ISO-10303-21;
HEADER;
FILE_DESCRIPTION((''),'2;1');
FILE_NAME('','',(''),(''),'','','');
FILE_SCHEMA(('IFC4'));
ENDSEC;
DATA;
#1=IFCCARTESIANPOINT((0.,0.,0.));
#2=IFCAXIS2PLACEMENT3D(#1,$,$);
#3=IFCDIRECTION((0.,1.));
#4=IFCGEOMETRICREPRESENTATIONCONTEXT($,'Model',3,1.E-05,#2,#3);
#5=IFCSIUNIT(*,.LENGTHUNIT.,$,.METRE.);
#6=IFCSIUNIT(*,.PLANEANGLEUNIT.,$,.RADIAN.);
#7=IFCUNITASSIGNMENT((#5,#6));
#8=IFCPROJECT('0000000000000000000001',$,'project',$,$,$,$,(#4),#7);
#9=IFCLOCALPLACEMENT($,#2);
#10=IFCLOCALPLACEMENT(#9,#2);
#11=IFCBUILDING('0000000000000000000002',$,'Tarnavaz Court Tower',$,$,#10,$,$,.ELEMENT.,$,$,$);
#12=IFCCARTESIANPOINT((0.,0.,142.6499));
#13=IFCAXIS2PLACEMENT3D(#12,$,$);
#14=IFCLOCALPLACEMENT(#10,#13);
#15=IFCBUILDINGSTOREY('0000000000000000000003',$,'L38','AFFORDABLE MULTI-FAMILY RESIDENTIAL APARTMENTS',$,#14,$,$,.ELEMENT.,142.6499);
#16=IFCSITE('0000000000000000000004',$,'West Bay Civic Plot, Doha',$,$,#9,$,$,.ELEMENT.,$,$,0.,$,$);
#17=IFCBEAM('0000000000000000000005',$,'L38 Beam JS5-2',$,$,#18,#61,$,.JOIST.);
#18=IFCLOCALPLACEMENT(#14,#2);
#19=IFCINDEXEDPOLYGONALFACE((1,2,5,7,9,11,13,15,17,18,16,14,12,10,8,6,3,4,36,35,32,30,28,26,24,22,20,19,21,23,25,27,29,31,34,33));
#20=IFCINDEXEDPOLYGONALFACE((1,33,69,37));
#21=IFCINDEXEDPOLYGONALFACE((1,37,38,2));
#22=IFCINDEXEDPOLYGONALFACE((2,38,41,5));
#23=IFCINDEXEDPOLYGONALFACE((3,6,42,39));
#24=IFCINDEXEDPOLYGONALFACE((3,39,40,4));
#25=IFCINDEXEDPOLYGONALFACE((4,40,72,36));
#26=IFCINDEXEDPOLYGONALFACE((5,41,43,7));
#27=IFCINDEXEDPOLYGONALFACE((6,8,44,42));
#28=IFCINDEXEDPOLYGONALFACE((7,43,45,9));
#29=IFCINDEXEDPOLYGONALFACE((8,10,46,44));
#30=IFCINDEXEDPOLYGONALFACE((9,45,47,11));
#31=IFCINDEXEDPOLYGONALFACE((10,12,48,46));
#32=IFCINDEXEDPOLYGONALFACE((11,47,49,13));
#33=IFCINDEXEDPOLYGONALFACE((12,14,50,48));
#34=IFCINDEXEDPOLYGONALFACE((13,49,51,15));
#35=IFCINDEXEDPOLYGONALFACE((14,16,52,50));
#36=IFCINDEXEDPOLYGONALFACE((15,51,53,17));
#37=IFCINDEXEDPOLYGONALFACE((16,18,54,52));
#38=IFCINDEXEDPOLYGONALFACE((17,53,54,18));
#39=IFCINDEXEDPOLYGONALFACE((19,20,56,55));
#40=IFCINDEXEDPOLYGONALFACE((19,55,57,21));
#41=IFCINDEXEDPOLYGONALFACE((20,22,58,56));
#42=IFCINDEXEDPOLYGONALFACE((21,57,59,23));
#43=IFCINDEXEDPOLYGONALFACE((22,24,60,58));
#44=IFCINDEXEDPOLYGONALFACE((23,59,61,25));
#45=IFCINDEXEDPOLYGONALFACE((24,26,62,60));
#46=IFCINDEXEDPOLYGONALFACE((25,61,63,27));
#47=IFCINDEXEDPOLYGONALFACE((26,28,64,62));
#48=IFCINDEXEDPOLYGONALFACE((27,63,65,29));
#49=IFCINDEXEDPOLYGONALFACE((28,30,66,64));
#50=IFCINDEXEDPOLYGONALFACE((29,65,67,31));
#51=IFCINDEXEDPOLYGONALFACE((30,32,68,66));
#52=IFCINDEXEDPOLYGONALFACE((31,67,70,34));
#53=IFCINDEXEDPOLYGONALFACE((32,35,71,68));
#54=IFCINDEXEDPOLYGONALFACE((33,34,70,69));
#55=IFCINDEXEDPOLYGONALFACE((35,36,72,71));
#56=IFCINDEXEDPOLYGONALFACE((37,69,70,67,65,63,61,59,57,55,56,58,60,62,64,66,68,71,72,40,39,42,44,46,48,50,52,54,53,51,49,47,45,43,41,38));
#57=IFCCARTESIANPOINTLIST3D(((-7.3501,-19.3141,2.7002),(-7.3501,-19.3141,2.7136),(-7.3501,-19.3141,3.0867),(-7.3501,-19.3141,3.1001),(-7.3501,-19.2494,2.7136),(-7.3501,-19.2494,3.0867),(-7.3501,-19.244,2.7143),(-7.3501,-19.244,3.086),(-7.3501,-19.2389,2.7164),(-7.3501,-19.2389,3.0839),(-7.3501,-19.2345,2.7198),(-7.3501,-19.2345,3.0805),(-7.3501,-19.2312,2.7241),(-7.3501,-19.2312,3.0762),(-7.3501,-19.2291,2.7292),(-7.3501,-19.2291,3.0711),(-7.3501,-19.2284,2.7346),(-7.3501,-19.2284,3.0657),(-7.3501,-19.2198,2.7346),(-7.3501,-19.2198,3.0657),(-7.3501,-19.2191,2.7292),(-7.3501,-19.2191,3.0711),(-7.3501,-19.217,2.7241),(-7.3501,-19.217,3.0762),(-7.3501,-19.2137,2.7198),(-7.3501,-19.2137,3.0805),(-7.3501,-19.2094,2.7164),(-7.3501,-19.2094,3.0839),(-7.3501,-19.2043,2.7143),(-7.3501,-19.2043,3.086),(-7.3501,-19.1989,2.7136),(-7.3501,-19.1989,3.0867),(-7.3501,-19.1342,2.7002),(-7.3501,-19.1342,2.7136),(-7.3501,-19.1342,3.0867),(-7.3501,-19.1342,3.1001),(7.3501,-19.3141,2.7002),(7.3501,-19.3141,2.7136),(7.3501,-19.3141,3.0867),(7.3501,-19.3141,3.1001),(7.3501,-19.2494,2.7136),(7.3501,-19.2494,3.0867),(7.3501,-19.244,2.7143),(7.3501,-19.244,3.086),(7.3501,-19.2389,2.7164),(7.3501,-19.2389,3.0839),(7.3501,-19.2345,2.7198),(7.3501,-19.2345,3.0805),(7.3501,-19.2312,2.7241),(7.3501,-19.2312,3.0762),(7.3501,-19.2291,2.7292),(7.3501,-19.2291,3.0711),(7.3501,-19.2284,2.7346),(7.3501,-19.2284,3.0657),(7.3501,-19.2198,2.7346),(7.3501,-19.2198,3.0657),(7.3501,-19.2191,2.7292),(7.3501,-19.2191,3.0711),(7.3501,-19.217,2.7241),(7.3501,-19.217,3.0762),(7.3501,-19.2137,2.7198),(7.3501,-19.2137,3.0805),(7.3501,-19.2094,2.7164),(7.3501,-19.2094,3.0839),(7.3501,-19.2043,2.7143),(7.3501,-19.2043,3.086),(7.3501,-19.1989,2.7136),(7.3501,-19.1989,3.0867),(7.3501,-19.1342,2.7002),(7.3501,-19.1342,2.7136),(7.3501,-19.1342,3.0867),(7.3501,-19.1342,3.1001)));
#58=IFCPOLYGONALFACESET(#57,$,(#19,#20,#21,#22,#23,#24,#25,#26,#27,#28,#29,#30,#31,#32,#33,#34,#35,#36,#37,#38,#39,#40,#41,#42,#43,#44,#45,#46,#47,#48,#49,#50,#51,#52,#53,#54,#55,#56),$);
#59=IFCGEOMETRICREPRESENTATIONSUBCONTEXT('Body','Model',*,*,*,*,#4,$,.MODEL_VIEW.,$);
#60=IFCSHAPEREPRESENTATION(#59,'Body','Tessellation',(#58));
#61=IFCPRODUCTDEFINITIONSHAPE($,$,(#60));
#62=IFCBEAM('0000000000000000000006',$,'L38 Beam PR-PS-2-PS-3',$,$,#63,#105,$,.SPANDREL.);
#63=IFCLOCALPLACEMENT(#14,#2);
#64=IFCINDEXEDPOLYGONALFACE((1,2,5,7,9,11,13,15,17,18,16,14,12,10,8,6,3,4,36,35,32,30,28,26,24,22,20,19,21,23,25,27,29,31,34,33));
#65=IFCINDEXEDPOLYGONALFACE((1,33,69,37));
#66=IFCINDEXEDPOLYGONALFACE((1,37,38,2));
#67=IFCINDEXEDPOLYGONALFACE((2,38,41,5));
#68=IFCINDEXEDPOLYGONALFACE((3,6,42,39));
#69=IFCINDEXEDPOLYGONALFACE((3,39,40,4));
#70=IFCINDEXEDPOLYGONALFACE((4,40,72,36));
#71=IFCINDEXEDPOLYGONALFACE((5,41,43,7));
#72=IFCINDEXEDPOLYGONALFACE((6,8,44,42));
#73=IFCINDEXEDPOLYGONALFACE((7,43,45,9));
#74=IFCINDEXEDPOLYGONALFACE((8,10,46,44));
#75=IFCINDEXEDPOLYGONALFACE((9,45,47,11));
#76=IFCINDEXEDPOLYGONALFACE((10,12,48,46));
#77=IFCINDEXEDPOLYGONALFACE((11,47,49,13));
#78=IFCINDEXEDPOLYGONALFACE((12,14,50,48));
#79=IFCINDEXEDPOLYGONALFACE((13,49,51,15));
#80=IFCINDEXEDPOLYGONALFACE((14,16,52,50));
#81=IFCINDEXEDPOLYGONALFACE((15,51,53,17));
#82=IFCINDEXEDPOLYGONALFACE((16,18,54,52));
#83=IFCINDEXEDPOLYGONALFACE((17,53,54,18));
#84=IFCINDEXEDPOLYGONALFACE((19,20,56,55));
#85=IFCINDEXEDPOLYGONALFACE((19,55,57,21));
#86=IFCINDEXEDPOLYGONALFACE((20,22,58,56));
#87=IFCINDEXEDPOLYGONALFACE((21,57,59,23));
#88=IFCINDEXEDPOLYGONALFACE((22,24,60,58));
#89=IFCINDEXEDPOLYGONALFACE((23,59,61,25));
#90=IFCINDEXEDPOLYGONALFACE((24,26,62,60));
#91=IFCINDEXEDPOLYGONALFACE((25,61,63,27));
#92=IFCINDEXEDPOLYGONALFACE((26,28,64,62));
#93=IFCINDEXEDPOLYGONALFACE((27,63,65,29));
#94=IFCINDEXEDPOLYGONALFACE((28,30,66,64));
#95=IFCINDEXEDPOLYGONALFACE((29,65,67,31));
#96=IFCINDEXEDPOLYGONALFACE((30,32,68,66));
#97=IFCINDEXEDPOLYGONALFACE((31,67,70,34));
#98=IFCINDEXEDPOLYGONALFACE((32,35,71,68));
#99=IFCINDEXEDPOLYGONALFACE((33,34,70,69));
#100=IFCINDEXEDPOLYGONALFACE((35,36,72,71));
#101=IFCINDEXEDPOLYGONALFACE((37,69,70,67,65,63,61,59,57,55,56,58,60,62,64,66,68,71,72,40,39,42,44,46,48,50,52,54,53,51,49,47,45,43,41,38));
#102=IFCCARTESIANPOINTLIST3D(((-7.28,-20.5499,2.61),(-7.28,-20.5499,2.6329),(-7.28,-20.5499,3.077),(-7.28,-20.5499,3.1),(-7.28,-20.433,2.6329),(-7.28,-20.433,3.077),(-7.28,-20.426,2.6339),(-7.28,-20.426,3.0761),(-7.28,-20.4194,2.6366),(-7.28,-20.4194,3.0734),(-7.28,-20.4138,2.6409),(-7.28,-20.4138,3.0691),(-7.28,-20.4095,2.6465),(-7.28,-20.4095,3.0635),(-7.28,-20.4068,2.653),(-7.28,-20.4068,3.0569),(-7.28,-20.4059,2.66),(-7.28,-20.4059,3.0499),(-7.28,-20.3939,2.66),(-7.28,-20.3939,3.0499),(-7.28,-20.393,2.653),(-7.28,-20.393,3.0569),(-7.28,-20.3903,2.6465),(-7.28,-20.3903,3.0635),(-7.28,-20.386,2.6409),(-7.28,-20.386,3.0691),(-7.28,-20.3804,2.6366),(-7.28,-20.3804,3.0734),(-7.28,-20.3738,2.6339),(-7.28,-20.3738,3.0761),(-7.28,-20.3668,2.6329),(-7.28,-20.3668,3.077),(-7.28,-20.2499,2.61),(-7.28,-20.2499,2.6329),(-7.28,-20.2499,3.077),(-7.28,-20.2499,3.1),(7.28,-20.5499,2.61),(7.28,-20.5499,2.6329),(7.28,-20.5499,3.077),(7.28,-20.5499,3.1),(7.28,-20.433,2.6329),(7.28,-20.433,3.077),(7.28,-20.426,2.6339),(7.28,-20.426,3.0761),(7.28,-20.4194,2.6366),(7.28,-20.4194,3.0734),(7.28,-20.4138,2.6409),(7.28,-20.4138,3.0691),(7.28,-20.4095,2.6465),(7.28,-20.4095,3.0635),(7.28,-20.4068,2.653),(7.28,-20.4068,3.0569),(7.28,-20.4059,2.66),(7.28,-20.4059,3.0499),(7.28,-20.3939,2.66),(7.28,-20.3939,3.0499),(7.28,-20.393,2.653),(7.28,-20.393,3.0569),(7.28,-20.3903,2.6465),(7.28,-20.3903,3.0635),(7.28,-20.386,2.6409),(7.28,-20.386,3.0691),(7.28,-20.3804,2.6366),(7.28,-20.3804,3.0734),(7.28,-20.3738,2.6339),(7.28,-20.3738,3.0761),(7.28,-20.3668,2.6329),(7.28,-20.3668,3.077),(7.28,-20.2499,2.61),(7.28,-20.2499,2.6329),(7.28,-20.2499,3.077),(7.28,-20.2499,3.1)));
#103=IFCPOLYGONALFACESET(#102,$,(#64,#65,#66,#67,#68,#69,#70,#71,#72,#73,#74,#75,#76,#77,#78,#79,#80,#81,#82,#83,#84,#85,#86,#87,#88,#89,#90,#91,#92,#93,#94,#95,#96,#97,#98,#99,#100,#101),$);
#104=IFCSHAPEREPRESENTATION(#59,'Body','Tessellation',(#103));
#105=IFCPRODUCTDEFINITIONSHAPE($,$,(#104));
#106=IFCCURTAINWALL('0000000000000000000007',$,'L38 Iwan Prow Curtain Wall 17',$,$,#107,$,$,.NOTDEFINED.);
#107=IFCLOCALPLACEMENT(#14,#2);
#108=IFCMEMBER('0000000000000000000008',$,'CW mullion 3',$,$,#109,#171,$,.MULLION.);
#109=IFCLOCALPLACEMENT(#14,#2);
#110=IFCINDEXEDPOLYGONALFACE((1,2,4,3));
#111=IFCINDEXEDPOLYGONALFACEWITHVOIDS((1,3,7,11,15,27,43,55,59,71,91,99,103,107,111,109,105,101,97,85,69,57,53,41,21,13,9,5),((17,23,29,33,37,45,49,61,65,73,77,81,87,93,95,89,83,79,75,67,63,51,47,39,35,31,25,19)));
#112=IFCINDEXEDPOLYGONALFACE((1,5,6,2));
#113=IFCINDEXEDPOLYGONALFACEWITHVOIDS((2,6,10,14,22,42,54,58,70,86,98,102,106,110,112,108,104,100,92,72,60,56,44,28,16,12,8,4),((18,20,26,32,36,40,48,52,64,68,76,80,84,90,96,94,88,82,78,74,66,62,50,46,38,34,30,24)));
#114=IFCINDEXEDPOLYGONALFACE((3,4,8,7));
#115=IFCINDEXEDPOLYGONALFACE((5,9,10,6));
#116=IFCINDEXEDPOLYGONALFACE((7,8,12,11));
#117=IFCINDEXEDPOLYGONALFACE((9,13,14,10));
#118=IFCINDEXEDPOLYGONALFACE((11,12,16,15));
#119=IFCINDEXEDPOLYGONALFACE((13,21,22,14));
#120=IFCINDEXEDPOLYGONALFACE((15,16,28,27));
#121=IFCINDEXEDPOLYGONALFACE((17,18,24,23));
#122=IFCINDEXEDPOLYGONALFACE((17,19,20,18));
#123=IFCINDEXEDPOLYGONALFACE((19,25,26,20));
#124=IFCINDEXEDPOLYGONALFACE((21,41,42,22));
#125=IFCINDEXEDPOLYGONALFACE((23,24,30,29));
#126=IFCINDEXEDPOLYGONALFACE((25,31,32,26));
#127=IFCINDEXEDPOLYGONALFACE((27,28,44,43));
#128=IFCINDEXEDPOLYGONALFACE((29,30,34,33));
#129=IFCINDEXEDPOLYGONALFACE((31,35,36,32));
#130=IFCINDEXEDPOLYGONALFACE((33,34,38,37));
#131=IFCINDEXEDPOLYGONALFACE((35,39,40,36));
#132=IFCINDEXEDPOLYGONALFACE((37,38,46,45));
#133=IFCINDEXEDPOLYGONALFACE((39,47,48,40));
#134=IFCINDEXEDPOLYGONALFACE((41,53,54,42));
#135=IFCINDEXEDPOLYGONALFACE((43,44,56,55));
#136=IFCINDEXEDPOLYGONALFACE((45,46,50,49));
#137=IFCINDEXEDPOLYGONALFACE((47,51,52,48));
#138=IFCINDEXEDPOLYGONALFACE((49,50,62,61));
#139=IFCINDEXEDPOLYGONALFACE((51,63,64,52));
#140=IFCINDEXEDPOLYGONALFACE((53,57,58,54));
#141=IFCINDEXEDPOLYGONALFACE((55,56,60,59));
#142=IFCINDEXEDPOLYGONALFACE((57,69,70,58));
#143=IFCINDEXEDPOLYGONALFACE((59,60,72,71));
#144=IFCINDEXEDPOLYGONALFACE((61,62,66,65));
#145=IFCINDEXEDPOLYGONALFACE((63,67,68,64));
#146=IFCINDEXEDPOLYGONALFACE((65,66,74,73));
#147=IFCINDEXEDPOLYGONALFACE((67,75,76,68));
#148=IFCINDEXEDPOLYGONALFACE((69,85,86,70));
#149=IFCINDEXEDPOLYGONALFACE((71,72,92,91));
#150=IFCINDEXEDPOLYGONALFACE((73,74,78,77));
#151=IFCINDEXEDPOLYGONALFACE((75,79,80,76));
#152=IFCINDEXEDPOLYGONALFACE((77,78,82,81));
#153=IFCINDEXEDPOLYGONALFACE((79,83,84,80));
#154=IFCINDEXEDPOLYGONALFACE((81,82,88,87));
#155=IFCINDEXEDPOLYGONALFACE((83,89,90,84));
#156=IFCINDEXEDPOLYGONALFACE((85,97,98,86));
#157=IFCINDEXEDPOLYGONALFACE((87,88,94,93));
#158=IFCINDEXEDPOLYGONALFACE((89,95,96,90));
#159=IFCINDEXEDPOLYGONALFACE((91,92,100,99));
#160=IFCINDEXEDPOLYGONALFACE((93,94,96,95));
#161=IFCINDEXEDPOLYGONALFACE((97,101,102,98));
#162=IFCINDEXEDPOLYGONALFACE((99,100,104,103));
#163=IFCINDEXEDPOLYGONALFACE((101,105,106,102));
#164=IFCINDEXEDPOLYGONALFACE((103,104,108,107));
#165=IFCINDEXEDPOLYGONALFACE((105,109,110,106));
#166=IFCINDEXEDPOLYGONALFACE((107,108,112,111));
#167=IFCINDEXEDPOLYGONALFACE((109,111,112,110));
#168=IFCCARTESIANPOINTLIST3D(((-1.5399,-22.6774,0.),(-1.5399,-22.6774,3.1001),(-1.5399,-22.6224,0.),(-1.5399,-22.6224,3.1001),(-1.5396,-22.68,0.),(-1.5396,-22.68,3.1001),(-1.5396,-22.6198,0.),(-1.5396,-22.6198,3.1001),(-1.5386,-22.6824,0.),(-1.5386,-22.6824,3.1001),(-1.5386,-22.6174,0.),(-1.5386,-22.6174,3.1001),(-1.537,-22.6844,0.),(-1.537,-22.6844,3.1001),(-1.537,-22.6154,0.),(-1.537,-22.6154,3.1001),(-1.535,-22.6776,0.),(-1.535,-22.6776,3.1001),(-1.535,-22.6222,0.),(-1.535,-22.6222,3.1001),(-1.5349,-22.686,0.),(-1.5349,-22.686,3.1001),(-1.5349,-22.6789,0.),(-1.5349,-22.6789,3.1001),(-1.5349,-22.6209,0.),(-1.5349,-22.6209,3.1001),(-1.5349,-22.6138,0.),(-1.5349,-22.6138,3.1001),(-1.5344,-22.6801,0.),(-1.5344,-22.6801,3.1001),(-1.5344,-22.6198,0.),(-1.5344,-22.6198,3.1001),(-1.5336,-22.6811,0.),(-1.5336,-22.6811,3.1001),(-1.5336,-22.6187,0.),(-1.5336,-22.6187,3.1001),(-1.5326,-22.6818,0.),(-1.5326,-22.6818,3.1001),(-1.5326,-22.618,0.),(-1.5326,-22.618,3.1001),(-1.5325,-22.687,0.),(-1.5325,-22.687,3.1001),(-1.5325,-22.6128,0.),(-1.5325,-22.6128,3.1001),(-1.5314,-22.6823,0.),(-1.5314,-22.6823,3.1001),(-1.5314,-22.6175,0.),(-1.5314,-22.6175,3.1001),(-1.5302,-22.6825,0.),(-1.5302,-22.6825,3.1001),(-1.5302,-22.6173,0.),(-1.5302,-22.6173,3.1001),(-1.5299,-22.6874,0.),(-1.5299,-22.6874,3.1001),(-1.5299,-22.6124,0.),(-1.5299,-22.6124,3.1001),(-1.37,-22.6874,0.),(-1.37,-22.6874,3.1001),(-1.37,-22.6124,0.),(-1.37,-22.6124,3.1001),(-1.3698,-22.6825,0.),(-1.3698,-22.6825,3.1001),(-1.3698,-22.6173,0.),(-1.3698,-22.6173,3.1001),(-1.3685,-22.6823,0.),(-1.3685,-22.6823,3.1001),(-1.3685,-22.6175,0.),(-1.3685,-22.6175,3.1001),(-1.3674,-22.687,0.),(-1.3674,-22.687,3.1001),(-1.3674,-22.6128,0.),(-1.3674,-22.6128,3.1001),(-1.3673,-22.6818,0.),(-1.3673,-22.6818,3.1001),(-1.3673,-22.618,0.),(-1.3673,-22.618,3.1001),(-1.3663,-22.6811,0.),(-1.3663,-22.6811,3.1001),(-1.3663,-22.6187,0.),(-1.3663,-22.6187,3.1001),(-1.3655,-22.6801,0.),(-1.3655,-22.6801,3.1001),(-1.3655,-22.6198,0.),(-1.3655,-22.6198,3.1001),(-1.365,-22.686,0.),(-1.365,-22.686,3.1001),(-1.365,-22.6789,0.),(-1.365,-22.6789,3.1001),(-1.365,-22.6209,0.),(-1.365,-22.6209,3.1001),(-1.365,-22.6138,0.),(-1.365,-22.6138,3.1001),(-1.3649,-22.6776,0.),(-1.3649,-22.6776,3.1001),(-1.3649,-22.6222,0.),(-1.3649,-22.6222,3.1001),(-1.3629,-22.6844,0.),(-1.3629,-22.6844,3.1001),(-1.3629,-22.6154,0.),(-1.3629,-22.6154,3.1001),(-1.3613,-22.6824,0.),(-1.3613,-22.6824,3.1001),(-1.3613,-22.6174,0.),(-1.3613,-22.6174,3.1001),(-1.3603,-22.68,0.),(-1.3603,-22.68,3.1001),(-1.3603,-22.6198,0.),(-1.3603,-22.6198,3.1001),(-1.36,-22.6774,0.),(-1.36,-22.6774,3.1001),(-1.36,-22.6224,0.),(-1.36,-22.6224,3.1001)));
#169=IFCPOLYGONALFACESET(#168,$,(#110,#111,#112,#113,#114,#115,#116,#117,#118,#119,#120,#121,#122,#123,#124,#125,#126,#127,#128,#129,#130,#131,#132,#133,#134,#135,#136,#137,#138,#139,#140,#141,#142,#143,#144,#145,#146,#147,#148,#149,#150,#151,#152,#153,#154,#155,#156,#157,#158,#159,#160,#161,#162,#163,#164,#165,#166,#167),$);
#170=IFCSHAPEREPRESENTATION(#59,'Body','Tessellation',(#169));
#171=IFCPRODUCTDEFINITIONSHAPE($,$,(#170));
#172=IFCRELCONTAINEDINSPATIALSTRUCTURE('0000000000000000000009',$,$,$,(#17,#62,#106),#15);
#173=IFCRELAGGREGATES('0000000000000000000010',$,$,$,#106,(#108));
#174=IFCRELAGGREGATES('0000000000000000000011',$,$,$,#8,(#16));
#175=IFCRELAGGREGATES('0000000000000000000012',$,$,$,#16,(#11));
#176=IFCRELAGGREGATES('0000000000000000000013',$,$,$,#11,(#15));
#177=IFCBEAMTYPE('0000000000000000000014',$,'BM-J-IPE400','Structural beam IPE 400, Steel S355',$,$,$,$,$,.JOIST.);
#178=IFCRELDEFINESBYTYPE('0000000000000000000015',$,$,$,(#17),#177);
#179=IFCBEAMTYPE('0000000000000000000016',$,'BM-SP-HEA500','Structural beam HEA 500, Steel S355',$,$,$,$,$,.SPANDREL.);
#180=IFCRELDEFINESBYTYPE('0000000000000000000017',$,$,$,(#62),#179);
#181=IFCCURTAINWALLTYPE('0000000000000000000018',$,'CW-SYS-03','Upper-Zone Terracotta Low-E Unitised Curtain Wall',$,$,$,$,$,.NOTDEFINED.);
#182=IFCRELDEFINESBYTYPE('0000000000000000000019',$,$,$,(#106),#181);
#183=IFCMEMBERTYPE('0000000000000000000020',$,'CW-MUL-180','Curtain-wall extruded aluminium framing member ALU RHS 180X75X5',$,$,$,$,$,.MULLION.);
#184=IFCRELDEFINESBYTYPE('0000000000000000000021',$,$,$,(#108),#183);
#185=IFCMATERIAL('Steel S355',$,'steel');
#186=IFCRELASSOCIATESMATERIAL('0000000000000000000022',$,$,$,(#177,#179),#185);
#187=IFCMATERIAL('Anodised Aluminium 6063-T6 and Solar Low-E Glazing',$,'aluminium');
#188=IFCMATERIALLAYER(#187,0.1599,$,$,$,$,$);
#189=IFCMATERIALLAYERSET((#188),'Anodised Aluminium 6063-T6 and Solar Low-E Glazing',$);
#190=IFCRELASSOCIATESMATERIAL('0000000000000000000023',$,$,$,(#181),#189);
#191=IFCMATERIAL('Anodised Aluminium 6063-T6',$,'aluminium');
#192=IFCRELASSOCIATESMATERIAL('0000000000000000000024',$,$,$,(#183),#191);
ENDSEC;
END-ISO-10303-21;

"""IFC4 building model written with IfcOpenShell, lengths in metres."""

from ifc_helpers import new_model, si_unit, direction, frame, origin, origin_2d, place, context, subcontext, project, spatial, hollow_rectangle, i_section, extrude, material, layer, layer_set, material_profile, profile_set, type_object, element, aggregate, save


model = new_model("IFC4")

# Units and contexts
model_context = context("Model", 3, precision=1e-05, world=origin(), true_north=direction((0.0, 1.0)))
body_context = subcontext(model_context, "Body", "Model", "MODEL_VIEW")
ifc_project = project(units=[si_unit("LENGTHUNIT", "METRE"), si_unit("PLANEANGLEUNIT", "RADIAN")], contexts=[model_context])

# Site, building, storey
site_placement = place(None, origin())
site = spatial("IfcSite", under=ifc_project, at=site_placement, Name="West Bay Civic Plot, Doha", CompositionType="ELEMENT", RefElevation=0.0)
building_placement = place(site_placement, origin())
building = spatial("IfcBuilding", under=site, at=building_placement, Name="Tarnavaz Court Tower", CompositionType="ELEMENT")
storey_placement = place(building_placement, frame((0.0, 0.0, 142.6499)))
storey = spatial("IfcBuildingStorey", under=building, at=storey_placement, Name="L38", Description="AFFORDABLE MULTI-FAMILY RESIDENTIAL APARTMENTS", CompositionType="ELEMENT", Elevation=142.6499)

# Beams
ifc_material_1 = material(Name="Steel S355", Category="steel")
ifc_material_profile_1 = material_profile(ifc_material_1, i_section(OverallWidth=0.1799, OverallDepth=0.3999, WebThickness=0.0085, FlangeThickness=0.0134, FilletRadius=0.021, at=origin_2d()), Name="IPE 400")
ifc_profile_set_1 = profile_set([ifc_material_profile_1], Name="Steel S355")
beam_type_1 = type_object("IfcBeamType", Name="BM-J-IPE400", Description="Structural beam IPE 400, Steel S355", PredefinedType="JOIST", material=ifc_profile_set_1)
for number, where, z_axis, x_axis, name in (
    (1, (-7.3501, -19.2241, 2.9001), (1.0, 0.0, 0.0), (0.0, 1.0, 0.0), "L38 Beam JS5-2"),
):
    element("IfcBeam", number, at=place(storey_placement, frame(where, z_axis=z_axis, x_axis=x_axis)), inside=storey, type_object=beam_type_1, Name=name, PredefinedType="JOIST", context=body_context, shape_type="SweptSolid", body=[
        extrude(i_section(OverallWidth=0.1799, OverallDepth=0.3999, WebThickness=0.0085, FlangeThickness=0.0134, FilletRadius=0.021, at=origin_2d()), origin(), (0.0, 0.0, 1.0), 14.7002),
    ])
ifc_material_profile_2 = material_profile(ifc_material_1, i_section(OverallWidth=0.3, OverallDepth=0.49, WebThickness=0.012, FlangeThickness=0.0229, FilletRadius=0.0271, at=origin_2d()), Name="HEA 500")
ifc_profile_set_2 = profile_set([ifc_material_profile_2], Name="Steel S355")
beam_type_2 = type_object("IfcBeamType", Name="BM-SP-HEA500", Description="Structural beam HEA 500, Steel S355", PredefinedType="SPANDREL", material=ifc_profile_set_2)
beam_placement = place(storey_placement, frame((-7.28, -20.3999, 2.855), z_axis=(1.0, 0.0, 0.0), x_axis=(0.0, 1.0, 0.0)))
element("IfcBeam", 2, at=beam_placement, inside=storey, type_object=beam_type_2, Name="L38 Beam PR-PS-2-PS-3", PredefinedType="SPANDREL", context=body_context, shape_type="SweptSolid", body=[
    extrude(i_section(OverallWidth=0.3, OverallDepth=0.49, WebThickness=0.012, FlangeThickness=0.0229, FilletRadius=0.0271, at=origin_2d()), origin(), (0.0, 0.0, 1.0), 14.5601),
])

# Curtain wall, member
ifc_material_2 = material(Name="Anodised Aluminium 6063-T6 and Solar Low-E Glazing", Category="aluminium")
ifc_layer_1 = layer(ifc_material_2, 0.1599)
ifc_layer_set_1 = layer_set([ifc_layer_1], Name="Anodised Aluminium 6063-T6 and Solar Low-E Glazing")
curtain_wall_type = type_object("IfcCurtainWallType", Name="CW-SYS-03", Description="Upper-Zone Terracotta Low-E Unitised Curtain Wall", PredefinedType="NOTDEFINED", material=ifc_layer_set_1)
curtain_wall_placement = place(storey_placement, origin())
curtain_wall = element("IfcCurtainWall", 3, at=curtain_wall_placement, inside=storey, type_object=curtain_wall_type, Name="L38 Iwan Prow Curtain Wall 17", PredefinedType="NOTDEFINED")
ifc_material_3 = material(Name="Anodised Aluminium 6063-T6", Category="aluminium")
ifc_material_profile_3 = material_profile(ifc_material_3, hollow_rectangle(XDim=0.075, YDim=0.1799, WallThickness=0.0049, InnerFilletRadius=0.0049, OuterFilletRadius=0.01, at=origin_2d()), Name="ALU RHS 180X75X5")
ifc_profile_set_3 = profile_set([ifc_material_profile_3], Name="Anodised Aluminium 6063-T6")
member_type_1 = type_object("IfcMemberType", Name="CW-MUL-180", Description="Curtain-wall extruded aluminium framing member ALU RHS 180X75X5", PredefinedType="MULLION", material=ifc_profile_set_3)
member_1_placement = place(storey_placement, frame((-1.45, -22.6499, 0.0), z_axis=(0.0, 0.0, 1.0), x_axis=(0.0, -1.0, 0.0)))
member_1 = element("IfcMember", 4, at=member_1_placement, type_object=member_type_1, Name="CW mullion 3", PredefinedType="MULLION", context=body_context, shape_type="SweptSolid", body=[
    extrude(hollow_rectangle(XDim=0.075, YDim=0.1799, WallThickness=0.0049, InnerFilletRadius=0.0049, OuterFilletRadius=0.01, at=origin_2d()), origin(), (0.0, 0.0, 1.0), 3.1001),
])
aggregate(curtain_wall, [member_1])

save(model, "model.ifc")
